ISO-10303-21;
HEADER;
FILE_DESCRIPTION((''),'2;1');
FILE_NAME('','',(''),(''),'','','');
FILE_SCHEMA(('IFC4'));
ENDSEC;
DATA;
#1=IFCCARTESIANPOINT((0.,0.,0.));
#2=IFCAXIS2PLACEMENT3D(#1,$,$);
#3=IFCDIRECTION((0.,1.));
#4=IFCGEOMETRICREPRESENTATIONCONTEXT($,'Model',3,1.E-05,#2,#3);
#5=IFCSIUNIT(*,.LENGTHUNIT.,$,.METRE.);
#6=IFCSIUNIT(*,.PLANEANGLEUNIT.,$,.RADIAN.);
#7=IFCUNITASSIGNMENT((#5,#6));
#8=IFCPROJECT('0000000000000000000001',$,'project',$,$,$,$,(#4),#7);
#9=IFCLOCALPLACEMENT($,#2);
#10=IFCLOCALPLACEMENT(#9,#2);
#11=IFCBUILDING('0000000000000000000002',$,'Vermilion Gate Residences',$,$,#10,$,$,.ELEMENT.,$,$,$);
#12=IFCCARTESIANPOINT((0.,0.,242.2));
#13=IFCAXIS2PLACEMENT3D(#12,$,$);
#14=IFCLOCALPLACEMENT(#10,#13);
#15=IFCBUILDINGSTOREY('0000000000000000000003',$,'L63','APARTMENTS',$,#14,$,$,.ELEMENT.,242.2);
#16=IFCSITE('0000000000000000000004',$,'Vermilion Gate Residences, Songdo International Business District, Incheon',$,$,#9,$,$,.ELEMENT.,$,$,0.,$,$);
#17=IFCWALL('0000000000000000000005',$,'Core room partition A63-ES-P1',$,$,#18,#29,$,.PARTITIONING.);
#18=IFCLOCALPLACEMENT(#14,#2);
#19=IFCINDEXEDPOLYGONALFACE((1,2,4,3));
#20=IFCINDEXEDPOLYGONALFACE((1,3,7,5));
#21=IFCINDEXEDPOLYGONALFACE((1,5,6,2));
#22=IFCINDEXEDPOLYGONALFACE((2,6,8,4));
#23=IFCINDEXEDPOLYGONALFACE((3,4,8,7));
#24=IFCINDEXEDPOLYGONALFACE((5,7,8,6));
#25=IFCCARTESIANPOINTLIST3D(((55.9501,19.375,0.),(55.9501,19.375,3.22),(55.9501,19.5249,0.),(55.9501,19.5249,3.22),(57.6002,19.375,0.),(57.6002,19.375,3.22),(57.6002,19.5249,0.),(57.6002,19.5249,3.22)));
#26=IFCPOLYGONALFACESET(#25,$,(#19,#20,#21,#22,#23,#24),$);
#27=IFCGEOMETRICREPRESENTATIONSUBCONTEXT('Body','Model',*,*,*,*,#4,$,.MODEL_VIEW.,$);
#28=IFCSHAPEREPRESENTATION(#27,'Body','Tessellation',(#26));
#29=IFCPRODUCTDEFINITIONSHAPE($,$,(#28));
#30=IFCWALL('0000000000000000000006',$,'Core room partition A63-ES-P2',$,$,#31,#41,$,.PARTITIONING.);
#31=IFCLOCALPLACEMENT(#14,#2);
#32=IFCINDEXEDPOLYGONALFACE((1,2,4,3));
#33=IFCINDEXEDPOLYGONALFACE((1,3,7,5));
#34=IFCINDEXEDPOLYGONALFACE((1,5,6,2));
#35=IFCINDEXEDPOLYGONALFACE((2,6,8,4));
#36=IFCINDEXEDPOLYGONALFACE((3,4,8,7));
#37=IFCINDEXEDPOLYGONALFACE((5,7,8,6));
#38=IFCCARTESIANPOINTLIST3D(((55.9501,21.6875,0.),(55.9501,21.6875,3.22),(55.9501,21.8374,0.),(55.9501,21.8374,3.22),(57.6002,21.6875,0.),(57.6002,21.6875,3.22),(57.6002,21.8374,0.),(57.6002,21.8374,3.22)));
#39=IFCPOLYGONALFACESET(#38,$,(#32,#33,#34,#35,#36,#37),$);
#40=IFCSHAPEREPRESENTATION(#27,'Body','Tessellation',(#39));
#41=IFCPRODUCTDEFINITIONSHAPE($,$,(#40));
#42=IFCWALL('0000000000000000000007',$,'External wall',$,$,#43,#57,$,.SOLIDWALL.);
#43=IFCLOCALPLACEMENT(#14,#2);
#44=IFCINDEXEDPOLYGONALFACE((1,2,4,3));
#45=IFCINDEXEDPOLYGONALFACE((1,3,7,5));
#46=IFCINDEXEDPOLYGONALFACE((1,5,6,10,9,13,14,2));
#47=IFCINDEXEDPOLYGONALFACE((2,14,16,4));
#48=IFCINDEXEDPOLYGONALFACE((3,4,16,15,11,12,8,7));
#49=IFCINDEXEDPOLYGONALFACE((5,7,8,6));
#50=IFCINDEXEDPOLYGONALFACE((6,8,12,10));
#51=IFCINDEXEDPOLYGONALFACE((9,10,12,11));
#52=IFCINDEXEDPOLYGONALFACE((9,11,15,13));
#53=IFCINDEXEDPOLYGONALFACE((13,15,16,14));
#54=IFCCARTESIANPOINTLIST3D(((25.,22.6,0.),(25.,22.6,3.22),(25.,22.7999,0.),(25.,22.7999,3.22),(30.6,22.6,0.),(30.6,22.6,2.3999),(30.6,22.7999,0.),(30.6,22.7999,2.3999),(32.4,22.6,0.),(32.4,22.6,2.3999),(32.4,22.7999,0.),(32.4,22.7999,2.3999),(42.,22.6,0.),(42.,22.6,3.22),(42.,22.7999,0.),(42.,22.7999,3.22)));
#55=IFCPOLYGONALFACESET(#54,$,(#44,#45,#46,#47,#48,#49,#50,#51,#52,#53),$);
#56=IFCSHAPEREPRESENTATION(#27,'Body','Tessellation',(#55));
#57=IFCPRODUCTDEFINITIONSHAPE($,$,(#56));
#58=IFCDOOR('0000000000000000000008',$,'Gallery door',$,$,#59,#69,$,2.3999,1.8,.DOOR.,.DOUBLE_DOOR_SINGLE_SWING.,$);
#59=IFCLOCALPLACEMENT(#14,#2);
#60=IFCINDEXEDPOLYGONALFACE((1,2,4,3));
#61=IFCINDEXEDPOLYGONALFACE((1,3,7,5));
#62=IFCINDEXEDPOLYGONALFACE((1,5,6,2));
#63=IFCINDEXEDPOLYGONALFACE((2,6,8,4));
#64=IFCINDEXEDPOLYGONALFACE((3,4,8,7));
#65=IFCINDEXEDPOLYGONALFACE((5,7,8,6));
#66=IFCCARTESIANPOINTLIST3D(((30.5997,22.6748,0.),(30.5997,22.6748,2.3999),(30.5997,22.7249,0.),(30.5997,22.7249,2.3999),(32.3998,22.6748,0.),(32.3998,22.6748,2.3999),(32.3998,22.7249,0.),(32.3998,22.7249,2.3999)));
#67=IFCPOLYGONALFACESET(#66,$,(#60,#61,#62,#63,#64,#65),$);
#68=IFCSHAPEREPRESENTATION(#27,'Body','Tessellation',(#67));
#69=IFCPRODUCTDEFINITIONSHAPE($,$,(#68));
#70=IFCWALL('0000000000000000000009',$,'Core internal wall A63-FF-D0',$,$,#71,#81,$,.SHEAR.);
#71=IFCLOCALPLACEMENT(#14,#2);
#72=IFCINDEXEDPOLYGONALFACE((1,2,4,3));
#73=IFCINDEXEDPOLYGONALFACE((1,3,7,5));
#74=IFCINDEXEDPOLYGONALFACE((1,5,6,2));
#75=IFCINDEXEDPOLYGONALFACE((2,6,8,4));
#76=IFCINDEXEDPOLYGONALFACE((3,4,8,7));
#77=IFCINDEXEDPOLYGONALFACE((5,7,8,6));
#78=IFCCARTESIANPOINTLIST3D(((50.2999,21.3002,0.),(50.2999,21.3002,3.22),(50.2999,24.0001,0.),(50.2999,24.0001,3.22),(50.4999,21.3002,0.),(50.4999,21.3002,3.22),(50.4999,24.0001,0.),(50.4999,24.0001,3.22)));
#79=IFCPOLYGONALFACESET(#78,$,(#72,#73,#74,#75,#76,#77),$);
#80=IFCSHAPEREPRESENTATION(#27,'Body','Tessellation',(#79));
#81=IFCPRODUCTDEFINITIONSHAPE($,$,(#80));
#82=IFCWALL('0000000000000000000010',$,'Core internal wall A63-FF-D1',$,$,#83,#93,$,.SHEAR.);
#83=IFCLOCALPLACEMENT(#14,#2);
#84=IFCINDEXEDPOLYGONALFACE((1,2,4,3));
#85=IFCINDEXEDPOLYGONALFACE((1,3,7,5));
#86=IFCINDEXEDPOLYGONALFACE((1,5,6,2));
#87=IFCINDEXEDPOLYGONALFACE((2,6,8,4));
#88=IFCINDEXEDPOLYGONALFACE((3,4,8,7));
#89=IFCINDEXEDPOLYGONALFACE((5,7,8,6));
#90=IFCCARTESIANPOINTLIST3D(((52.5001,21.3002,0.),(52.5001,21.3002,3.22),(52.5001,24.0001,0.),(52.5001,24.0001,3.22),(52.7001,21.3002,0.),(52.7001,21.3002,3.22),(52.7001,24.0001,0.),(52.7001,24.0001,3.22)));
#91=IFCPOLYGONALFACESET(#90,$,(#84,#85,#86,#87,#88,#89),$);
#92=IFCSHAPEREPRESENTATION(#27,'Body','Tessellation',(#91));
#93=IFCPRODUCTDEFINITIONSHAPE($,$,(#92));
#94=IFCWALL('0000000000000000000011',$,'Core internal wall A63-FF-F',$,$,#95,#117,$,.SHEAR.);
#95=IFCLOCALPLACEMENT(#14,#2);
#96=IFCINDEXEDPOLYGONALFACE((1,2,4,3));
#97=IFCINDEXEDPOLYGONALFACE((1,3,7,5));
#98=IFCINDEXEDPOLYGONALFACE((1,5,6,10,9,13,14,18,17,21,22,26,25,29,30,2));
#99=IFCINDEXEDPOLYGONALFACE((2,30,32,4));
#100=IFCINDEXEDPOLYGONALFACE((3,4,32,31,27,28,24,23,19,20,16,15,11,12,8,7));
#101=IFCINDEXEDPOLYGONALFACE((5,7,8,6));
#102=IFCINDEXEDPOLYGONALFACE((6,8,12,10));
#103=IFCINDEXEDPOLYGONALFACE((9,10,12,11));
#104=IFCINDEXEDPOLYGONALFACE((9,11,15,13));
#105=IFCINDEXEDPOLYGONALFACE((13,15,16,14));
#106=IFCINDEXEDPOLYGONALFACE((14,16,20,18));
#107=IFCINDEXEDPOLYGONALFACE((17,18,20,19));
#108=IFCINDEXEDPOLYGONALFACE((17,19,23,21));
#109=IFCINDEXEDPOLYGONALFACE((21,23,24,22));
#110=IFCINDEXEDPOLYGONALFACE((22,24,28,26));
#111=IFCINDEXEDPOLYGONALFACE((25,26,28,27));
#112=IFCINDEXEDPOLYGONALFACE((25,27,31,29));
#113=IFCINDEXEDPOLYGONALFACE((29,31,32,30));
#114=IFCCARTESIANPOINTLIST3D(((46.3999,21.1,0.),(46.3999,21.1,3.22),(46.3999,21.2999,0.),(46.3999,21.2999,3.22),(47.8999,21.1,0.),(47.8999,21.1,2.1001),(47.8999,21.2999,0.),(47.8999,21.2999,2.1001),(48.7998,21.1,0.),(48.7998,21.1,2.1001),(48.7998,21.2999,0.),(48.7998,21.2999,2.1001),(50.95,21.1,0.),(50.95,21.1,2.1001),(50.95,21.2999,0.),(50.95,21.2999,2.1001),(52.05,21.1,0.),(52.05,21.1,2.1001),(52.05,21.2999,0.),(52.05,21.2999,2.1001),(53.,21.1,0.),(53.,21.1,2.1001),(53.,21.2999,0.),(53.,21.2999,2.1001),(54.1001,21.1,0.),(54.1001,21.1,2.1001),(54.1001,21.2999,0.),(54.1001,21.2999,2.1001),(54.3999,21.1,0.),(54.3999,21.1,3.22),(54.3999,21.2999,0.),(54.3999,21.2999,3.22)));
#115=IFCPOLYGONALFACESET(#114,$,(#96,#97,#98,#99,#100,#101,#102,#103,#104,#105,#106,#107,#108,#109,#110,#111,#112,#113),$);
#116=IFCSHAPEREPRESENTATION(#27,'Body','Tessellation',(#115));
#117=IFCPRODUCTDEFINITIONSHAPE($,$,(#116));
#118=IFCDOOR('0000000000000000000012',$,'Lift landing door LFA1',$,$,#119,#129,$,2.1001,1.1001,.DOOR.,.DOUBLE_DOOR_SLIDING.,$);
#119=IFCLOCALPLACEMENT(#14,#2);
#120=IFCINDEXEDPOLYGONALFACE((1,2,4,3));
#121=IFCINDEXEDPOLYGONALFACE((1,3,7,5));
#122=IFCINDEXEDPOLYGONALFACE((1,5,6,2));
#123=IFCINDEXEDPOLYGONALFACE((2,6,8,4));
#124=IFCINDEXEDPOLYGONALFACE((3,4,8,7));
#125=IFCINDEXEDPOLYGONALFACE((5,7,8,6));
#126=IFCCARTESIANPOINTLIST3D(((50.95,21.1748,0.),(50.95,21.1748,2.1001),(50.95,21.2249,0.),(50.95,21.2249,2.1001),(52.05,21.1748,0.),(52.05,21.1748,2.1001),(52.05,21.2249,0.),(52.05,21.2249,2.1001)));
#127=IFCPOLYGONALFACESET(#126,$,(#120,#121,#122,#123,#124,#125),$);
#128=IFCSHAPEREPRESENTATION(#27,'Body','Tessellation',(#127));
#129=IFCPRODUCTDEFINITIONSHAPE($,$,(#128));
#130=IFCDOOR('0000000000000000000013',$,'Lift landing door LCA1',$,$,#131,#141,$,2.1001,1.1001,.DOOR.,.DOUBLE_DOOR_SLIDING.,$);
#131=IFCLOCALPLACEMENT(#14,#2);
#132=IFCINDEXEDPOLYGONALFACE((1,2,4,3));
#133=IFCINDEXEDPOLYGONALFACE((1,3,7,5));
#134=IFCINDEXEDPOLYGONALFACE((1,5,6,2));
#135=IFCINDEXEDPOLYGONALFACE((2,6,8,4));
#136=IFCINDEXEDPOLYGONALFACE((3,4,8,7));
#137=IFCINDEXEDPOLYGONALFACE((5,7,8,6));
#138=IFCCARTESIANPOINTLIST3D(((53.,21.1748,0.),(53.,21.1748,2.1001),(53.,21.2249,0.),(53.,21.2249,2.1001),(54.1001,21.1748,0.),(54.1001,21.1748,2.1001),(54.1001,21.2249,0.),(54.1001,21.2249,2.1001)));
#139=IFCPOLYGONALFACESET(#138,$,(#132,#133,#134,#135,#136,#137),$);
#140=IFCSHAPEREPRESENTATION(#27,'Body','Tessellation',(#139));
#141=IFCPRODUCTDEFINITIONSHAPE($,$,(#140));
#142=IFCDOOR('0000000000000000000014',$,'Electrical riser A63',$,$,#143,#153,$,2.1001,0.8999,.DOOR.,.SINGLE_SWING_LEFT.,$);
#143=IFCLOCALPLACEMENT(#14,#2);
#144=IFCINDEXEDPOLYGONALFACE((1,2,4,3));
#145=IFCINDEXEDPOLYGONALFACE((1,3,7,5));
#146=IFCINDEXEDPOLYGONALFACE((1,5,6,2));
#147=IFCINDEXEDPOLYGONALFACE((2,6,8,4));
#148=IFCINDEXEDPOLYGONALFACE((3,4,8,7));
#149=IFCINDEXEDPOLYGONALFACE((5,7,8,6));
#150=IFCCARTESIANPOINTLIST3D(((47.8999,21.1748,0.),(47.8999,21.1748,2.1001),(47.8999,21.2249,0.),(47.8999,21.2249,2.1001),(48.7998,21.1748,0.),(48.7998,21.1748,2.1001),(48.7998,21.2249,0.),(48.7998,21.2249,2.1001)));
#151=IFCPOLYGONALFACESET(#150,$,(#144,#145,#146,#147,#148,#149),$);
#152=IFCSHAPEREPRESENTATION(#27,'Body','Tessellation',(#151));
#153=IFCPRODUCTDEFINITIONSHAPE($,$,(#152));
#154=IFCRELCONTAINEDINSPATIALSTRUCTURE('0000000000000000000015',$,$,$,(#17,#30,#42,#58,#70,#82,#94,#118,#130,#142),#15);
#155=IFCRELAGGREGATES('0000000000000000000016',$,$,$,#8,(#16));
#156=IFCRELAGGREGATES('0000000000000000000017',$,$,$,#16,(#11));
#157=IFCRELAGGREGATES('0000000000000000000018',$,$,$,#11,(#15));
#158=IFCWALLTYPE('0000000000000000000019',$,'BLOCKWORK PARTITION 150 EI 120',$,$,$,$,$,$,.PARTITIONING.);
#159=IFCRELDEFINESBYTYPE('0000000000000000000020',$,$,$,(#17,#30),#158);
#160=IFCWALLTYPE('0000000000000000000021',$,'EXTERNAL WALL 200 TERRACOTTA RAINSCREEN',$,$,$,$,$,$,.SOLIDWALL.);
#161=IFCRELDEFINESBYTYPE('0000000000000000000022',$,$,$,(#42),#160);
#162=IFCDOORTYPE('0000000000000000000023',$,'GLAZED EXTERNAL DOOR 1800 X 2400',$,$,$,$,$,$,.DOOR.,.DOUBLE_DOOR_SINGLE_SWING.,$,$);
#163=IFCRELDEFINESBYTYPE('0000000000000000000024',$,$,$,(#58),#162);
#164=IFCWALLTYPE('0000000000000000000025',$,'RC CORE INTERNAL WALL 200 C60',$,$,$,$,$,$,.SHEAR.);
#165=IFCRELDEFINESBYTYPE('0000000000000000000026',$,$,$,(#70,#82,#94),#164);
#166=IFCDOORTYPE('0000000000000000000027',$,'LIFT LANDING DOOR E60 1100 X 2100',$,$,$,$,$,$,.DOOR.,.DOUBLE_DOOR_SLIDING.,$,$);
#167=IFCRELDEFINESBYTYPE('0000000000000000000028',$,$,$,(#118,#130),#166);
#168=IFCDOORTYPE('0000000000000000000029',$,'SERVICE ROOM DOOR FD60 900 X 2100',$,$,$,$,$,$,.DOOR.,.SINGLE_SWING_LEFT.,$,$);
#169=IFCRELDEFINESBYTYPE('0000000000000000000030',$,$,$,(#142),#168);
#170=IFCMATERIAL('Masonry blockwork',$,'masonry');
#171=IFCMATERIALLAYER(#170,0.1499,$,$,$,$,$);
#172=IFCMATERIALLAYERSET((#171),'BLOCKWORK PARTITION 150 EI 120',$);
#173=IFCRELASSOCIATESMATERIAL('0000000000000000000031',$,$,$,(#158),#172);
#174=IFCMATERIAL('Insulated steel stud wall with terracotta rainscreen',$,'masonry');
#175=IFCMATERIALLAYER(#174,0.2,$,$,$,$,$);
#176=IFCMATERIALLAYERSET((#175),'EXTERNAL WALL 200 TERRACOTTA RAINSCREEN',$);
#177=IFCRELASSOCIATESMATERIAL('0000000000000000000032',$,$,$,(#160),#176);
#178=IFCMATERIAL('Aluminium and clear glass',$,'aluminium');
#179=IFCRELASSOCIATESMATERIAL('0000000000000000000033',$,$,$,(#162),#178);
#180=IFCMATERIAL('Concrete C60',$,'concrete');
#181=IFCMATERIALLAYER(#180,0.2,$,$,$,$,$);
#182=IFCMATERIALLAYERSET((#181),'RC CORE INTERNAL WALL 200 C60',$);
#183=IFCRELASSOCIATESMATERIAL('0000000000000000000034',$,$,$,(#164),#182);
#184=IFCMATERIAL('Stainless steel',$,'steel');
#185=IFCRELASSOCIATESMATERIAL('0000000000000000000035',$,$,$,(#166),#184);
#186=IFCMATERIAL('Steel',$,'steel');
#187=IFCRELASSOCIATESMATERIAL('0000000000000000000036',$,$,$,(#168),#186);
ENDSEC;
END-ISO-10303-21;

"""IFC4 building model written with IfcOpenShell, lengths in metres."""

from ifc_helpers import new_model, si_unit, direction, frame, frame_2d, origin, place, context, subcontext, project, spatial, rectangle, extrude, material, layer, layer_set, type_object, element, fill, save


model = new_model("IFC4")

# Units and contexts
model_context = context("Model", 3, precision=1e-05, world=origin(), true_north=direction((0.0, 1.0)))
body_context = subcontext(model_context, "Body", "Model", "MODEL_VIEW")
ifc_project = project(units=[si_unit("LENGTHUNIT", "METRE"), si_unit("PLANEANGLEUNIT", "RADIAN")], contexts=[model_context])

# Site, building, storey
site_placement = place(None, origin())
site = spatial("IfcSite", under=ifc_project, at=site_placement, Name="Vermilion Gate Residences, Songdo International Business District, Incheon", CompositionType="ELEMENT", RefElevation=0.0)
building_placement = place(site_placement, origin())
building = spatial("IfcBuilding", under=site, at=building_placement, Name="Vermilion Gate Residences", CompositionType="ELEMENT")
storey_placement = place(building_placement, frame((0.0, 0.0, 242.2)))
storey = spatial("IfcBuildingStorey", under=building, at=storey_placement, Name="L63", Description="APARTMENTS", CompositionType="ELEMENT", Elevation=242.2)

# Walls
ifc_material_1 = material(Name="Masonry blockwork", Category="masonry")
ifc_layer_1 = layer(ifc_material_1, 0.1499)
ifc_layer_set_1 = layer_set([ifc_layer_1], Name="BLOCKWORK PARTITION 150 EI 120")
wall_type_1 = type_object("IfcWallType", Name="BLOCKWORK PARTITION 150 EI 120", PredefinedType="PARTITIONING", material=ifc_layer_set_1)
for number, where, z_axis, x_axis, name in (
    (1, (55.95, 19.45, 0.0), (0.0, 0.0, 1.0), (1.0, 0.0, 0.0), "Core room partition A63-ES-P1"),
    (2, (55.95, 21.7625, 0.0), (0.0, 0.0, 1.0), (1.0, 0.0, 0.0), "Core room partition A63-ES-P2"),
):
    element("IfcWall", number, at=place(storey_placement, frame(where, z_axis=z_axis, x_axis=x_axis)), inside=storey, type_object=wall_type_1, Name=name, PredefinedType="PARTITIONING", context=body_context, shape_type="SweptSolid", body=[
        extrude(rectangle(XDim=1.6501, YDim=0.1499, at=frame_2d((0.8252, 0.0))), origin(), (0.0, 0.0, 1.0), 3.22),
    ])

# Wall, opening, door
ifc_material_2 = material(Name="Insulated steel stud wall with terracotta rainscreen", Category="masonry")
ifc_layer_2 = layer(ifc_material_2, 0.2)
ifc_layer_set_2 = layer_set([ifc_layer_2], Name="EXTERNAL WALL 200 TERRACOTTA RAINSCREEN")
wall_type_2 = type_object("IfcWallType", Name="EXTERNAL WALL 200 TERRACOTTA RAINSCREEN", PredefinedType="SOLIDWALL", material=ifc_layer_set_2)
wall_1_placement = place(storey_placement, frame((42.0, 22.7, 0.0), z_axis=(0.0, 0.0, 1.0), x_axis=(-1.0, 0.0, 0.0)))
wall_1 = element("IfcWall", 3, at=wall_1_placement, inside=storey, type_object=wall_type_2, Name="External wall", PredefinedType="SOLIDWALL", context=body_context, shape_type="SweptSolid", body=[
    extrude(rectangle(XDim=17.0, YDim=0.2, at=frame_2d((8.5, 0.0))), origin(), (0.0, 0.0, 1.0), 3.22),
])
opening_1_placement = place(wall_1_placement, frame((9.6001, 0.0, 0.0)))
opening_1 = element("IfcOpeningElement", 4, at=opening_1_placement, cuts=wall_1, PredefinedType="OPENING", context=body_context, shape_type="SweptSolid", body=[
    extrude(rectangle(XDim=1.8, YDim=2.3999, at=frame_2d((0.8999, 1.2))), frame((0.0, 0.1099, 0.0), z_axis=(0.0, -1.0, 0.0), x_axis=(1.0, 0.0, 0.0)), (0.0, 0.0, 1.0), 0.22),
])
ifc_material_3 = material(Name="Aluminium and clear glass", Category="aluminium")
door_type_1 = type_object("IfcDoorType", Name="GLAZED EXTERNAL DOOR 1800 X 2400", OperationType="DOUBLE_DOOR_SINGLE_SWING", PredefinedType="DOOR", material=ifc_material_3)
door_1_placement = place(opening_1_placement, frame((1.8, 0.0, 0.0), z_axis=(0.0, 0.0, 1.0), x_axis=(-1.0, 0.0, 0.0)))
door_1 = element("IfcDoor", 5, at=door_1_placement, inside=storey, type_object=door_type_1, Name="Gallery door", OperationType="DOUBLE_DOOR_SINGLE_SWING", OverallHeight=2.3999, OverallWidth=1.8, PredefinedType="DOOR", context=body_context, shape_type="SweptSolid", body=[
    extrude(rectangle(XDim=1.8, YDim=2.3999, at=frame_2d((0.8999, 1.2))), frame((0.0, 0.0249, 0.0), z_axis=(0.0, -1.0, 0.0), x_axis=(1.0, 0.0, 0.0)), (0.0, 0.0, 1.0), 0.05),
])
fill(opening_1, door_1)

# Walls
ifc_material_4 = material(Name="Concrete C60", Category="concrete")
ifc_layer_3 = layer(ifc_material_4, 0.2)
ifc_layer_set_3 = layer_set([ifc_layer_3], Name="RC CORE INTERNAL WALL 200 C60")
wall_type_3 = type_object("IfcWallType", Name="RC CORE INTERNAL WALL 200 C60", PredefinedType="SHEAR", material=ifc_layer_set_3)
for number, where, z_axis, x_axis, name in (
    (6, (50.3999, 21.3, 0.0), (0.0, 0.0, 1.0), (0.0, 1.0, 0.0), "Core internal wall A63-FF-D0"),
    (7, (52.6001, 21.3, 0.0), (0.0, 0.0, 1.0), (0.0, 1.0, 0.0), "Core internal wall A63-FF-D1"),
):
    element("IfcWall", number, at=place(storey_placement, frame(where, z_axis=z_axis, x_axis=x_axis)), inside=storey, type_object=wall_type_3, Name=name, PredefinedType="SHEAR", context=body_context, shape_type="SweptSolid", body=[
        extrude(rectangle(XDim=2.7, YDim=0.2, at=frame_2d((1.3501, 0.0))), origin(), (0.0, 0.0, 1.0), 3.22),
    ])

# Wall, openings, doors
wall_2_placement = place(storey_placement, frame((46.3999, 21.2, 0.0), z_axis=(0.0, 0.0, 1.0), x_axis=(1.0, 0.0, 0.0)))
wall_2 = element("IfcWall", 8, at=wall_2_placement, inside=storey, type_object=wall_type_3, Name="Core internal wall A63-FF-F", PredefinedType="SHEAR", context=body_context, shape_type="SweptSolid", body=[
    extrude(rectangle(XDim=8.0, YDim=0.2, at=frame_2d((4.0, 0.0))), origin(), (0.0, 0.0, 1.0), 3.22),
])
opening_2_placement = place(wall_2_placement, frame((1.5, 0.0, 0.0)))
opening_2 = element("IfcOpeningElement", 9, at=opening_2_placement, cuts=wall_2, PredefinedType="OPENING", context=body_context, shape_type="SweptSolid", body=[
    extrude(rectangle(XDim=0.8999, YDim=2.1001, at=frame_2d((0.45, 1.05))), frame((0.0, 0.1099, 0.0), z_axis=(0.0, -1.0, 0.0), x_axis=(1.0, 0.0, 0.0)), (0.0, 0.0, 1.0), 0.22),
])
opening_3_placement = place(wall_2_placement, frame((4.55, 0.0, 0.0)))
opening_3 = element("IfcOpeningElement", 10, at=opening_3_placement, cuts=wall_2, PredefinedType="OPENING", context=body_context, shape_type="SweptSolid", body=[
    extrude(rectangle(XDim=1.1001, YDim=2.1001, at=frame_2d((0.55, 1.05))), frame((0.0, 0.1099, 0.0), z_axis=(0.0, -1.0, 0.0), x_axis=(1.0, 0.0, 0.0)), (0.0, 0.0, 1.0), 0.22),
])
opening_4_placement = place(wall_2_placement, frame((6.6001, 0.0, 0.0)))
opening_4 = element("IfcOpeningElement", 11, at=opening_4_placement, cuts=wall_2, PredefinedType="OPENING", context=body_context, shape_type="SweptSolid", body=[
    extrude(rectangle(XDim=1.1001, YDim=2.1001, at=frame_2d((0.55, 1.05))), frame((0.0, 0.1099, 0.0), z_axis=(0.0, -1.0, 0.0), x_axis=(1.0, 0.0, 0.0)), (0.0, 0.0, 1.0), 0.22),
])
ifc_material_5 = material(Name="Stainless steel", Category="steel")
door_type_2 = type_object("IfcDoorType", Name="LIFT LANDING DOOR E60 1100 X 2100", OperationType="DOUBLE_DOOR_SLIDING", PredefinedType="DOOR", material=ifc_material_5)
door_2_placement = place(opening_3_placement, origin())
door_2 = element("IfcDoor", 12, at=door_2_placement, inside=storey, type_object=door_type_2, Name="Lift landing door LFA1", OperationType="DOUBLE_DOOR_SLIDING", OverallHeight=2.1001, OverallWidth=1.1001, PredefinedType="DOOR", context=body_context, shape_type="SweptSolid", body=[
    extrude(rectangle(XDim=1.1001, YDim=2.1001, at=frame_2d((0.55, 1.05))), frame((0.0, 0.0249, 0.0), z_axis=(0.0, -1.0, 0.0), x_axis=(1.0, 0.0, 0.0)), (0.0, 0.0, 1.0), 0.05),
])
fill(opening_3, door_2)
door_3_placement = place(opening_4_placement, origin())
door_3 = element("IfcDoor", 13, at=door_3_placement, inside=storey, type_object=door_type_2, Name="Lift landing door LCA1", OperationType="DOUBLE_DOOR_SLIDING", OverallHeight=2.1001, OverallWidth=1.1001, PredefinedType="DOOR", context=body_context, shape_type="SweptSolid", body=[
    extrude(rectangle(XDim=1.1001, YDim=2.1001, at=frame_2d((0.55, 1.05))), frame((0.0, 0.0249, 0.0), z_axis=(0.0, -1.0, 0.0), x_axis=(1.0, 0.0, 0.0)), (0.0, 0.0, 1.0), 0.05),
])
fill(opening_4, door_3)
ifc_material_6 = material(Name="Steel", Category="steel")
door_type_3 = type_object("IfcDoorType", Name="SERVICE ROOM DOOR FD60 900 X 2100", OperationType="SINGLE_SWING_LEFT", PredefinedType="DOOR", material=ifc_material_6)
door_4_placement = place(opening_2_placement, origin())
door_4 = element("IfcDoor", 14, at=door_4_placement, inside=storey, type_object=door_type_3, Name="Electrical riser A63", OperationType="SINGLE_SWING_LEFT", OverallHeight=2.1001, OverallWidth=0.8999, PredefinedType="DOOR", context=body_context, shape_type="SweptSolid", body=[
    extrude(rectangle(XDim=0.8999, YDim=2.1001, at=frame_2d((0.45, 1.05))), frame((0.0, 0.0249, 0.0), z_axis=(0.0, -1.0, 0.0), x_axis=(1.0, 0.0, 0.0)), (0.0, 0.0, 1.0), 0.05),
])
fill(opening_2, door_4)

save(model, "model.ifc")
